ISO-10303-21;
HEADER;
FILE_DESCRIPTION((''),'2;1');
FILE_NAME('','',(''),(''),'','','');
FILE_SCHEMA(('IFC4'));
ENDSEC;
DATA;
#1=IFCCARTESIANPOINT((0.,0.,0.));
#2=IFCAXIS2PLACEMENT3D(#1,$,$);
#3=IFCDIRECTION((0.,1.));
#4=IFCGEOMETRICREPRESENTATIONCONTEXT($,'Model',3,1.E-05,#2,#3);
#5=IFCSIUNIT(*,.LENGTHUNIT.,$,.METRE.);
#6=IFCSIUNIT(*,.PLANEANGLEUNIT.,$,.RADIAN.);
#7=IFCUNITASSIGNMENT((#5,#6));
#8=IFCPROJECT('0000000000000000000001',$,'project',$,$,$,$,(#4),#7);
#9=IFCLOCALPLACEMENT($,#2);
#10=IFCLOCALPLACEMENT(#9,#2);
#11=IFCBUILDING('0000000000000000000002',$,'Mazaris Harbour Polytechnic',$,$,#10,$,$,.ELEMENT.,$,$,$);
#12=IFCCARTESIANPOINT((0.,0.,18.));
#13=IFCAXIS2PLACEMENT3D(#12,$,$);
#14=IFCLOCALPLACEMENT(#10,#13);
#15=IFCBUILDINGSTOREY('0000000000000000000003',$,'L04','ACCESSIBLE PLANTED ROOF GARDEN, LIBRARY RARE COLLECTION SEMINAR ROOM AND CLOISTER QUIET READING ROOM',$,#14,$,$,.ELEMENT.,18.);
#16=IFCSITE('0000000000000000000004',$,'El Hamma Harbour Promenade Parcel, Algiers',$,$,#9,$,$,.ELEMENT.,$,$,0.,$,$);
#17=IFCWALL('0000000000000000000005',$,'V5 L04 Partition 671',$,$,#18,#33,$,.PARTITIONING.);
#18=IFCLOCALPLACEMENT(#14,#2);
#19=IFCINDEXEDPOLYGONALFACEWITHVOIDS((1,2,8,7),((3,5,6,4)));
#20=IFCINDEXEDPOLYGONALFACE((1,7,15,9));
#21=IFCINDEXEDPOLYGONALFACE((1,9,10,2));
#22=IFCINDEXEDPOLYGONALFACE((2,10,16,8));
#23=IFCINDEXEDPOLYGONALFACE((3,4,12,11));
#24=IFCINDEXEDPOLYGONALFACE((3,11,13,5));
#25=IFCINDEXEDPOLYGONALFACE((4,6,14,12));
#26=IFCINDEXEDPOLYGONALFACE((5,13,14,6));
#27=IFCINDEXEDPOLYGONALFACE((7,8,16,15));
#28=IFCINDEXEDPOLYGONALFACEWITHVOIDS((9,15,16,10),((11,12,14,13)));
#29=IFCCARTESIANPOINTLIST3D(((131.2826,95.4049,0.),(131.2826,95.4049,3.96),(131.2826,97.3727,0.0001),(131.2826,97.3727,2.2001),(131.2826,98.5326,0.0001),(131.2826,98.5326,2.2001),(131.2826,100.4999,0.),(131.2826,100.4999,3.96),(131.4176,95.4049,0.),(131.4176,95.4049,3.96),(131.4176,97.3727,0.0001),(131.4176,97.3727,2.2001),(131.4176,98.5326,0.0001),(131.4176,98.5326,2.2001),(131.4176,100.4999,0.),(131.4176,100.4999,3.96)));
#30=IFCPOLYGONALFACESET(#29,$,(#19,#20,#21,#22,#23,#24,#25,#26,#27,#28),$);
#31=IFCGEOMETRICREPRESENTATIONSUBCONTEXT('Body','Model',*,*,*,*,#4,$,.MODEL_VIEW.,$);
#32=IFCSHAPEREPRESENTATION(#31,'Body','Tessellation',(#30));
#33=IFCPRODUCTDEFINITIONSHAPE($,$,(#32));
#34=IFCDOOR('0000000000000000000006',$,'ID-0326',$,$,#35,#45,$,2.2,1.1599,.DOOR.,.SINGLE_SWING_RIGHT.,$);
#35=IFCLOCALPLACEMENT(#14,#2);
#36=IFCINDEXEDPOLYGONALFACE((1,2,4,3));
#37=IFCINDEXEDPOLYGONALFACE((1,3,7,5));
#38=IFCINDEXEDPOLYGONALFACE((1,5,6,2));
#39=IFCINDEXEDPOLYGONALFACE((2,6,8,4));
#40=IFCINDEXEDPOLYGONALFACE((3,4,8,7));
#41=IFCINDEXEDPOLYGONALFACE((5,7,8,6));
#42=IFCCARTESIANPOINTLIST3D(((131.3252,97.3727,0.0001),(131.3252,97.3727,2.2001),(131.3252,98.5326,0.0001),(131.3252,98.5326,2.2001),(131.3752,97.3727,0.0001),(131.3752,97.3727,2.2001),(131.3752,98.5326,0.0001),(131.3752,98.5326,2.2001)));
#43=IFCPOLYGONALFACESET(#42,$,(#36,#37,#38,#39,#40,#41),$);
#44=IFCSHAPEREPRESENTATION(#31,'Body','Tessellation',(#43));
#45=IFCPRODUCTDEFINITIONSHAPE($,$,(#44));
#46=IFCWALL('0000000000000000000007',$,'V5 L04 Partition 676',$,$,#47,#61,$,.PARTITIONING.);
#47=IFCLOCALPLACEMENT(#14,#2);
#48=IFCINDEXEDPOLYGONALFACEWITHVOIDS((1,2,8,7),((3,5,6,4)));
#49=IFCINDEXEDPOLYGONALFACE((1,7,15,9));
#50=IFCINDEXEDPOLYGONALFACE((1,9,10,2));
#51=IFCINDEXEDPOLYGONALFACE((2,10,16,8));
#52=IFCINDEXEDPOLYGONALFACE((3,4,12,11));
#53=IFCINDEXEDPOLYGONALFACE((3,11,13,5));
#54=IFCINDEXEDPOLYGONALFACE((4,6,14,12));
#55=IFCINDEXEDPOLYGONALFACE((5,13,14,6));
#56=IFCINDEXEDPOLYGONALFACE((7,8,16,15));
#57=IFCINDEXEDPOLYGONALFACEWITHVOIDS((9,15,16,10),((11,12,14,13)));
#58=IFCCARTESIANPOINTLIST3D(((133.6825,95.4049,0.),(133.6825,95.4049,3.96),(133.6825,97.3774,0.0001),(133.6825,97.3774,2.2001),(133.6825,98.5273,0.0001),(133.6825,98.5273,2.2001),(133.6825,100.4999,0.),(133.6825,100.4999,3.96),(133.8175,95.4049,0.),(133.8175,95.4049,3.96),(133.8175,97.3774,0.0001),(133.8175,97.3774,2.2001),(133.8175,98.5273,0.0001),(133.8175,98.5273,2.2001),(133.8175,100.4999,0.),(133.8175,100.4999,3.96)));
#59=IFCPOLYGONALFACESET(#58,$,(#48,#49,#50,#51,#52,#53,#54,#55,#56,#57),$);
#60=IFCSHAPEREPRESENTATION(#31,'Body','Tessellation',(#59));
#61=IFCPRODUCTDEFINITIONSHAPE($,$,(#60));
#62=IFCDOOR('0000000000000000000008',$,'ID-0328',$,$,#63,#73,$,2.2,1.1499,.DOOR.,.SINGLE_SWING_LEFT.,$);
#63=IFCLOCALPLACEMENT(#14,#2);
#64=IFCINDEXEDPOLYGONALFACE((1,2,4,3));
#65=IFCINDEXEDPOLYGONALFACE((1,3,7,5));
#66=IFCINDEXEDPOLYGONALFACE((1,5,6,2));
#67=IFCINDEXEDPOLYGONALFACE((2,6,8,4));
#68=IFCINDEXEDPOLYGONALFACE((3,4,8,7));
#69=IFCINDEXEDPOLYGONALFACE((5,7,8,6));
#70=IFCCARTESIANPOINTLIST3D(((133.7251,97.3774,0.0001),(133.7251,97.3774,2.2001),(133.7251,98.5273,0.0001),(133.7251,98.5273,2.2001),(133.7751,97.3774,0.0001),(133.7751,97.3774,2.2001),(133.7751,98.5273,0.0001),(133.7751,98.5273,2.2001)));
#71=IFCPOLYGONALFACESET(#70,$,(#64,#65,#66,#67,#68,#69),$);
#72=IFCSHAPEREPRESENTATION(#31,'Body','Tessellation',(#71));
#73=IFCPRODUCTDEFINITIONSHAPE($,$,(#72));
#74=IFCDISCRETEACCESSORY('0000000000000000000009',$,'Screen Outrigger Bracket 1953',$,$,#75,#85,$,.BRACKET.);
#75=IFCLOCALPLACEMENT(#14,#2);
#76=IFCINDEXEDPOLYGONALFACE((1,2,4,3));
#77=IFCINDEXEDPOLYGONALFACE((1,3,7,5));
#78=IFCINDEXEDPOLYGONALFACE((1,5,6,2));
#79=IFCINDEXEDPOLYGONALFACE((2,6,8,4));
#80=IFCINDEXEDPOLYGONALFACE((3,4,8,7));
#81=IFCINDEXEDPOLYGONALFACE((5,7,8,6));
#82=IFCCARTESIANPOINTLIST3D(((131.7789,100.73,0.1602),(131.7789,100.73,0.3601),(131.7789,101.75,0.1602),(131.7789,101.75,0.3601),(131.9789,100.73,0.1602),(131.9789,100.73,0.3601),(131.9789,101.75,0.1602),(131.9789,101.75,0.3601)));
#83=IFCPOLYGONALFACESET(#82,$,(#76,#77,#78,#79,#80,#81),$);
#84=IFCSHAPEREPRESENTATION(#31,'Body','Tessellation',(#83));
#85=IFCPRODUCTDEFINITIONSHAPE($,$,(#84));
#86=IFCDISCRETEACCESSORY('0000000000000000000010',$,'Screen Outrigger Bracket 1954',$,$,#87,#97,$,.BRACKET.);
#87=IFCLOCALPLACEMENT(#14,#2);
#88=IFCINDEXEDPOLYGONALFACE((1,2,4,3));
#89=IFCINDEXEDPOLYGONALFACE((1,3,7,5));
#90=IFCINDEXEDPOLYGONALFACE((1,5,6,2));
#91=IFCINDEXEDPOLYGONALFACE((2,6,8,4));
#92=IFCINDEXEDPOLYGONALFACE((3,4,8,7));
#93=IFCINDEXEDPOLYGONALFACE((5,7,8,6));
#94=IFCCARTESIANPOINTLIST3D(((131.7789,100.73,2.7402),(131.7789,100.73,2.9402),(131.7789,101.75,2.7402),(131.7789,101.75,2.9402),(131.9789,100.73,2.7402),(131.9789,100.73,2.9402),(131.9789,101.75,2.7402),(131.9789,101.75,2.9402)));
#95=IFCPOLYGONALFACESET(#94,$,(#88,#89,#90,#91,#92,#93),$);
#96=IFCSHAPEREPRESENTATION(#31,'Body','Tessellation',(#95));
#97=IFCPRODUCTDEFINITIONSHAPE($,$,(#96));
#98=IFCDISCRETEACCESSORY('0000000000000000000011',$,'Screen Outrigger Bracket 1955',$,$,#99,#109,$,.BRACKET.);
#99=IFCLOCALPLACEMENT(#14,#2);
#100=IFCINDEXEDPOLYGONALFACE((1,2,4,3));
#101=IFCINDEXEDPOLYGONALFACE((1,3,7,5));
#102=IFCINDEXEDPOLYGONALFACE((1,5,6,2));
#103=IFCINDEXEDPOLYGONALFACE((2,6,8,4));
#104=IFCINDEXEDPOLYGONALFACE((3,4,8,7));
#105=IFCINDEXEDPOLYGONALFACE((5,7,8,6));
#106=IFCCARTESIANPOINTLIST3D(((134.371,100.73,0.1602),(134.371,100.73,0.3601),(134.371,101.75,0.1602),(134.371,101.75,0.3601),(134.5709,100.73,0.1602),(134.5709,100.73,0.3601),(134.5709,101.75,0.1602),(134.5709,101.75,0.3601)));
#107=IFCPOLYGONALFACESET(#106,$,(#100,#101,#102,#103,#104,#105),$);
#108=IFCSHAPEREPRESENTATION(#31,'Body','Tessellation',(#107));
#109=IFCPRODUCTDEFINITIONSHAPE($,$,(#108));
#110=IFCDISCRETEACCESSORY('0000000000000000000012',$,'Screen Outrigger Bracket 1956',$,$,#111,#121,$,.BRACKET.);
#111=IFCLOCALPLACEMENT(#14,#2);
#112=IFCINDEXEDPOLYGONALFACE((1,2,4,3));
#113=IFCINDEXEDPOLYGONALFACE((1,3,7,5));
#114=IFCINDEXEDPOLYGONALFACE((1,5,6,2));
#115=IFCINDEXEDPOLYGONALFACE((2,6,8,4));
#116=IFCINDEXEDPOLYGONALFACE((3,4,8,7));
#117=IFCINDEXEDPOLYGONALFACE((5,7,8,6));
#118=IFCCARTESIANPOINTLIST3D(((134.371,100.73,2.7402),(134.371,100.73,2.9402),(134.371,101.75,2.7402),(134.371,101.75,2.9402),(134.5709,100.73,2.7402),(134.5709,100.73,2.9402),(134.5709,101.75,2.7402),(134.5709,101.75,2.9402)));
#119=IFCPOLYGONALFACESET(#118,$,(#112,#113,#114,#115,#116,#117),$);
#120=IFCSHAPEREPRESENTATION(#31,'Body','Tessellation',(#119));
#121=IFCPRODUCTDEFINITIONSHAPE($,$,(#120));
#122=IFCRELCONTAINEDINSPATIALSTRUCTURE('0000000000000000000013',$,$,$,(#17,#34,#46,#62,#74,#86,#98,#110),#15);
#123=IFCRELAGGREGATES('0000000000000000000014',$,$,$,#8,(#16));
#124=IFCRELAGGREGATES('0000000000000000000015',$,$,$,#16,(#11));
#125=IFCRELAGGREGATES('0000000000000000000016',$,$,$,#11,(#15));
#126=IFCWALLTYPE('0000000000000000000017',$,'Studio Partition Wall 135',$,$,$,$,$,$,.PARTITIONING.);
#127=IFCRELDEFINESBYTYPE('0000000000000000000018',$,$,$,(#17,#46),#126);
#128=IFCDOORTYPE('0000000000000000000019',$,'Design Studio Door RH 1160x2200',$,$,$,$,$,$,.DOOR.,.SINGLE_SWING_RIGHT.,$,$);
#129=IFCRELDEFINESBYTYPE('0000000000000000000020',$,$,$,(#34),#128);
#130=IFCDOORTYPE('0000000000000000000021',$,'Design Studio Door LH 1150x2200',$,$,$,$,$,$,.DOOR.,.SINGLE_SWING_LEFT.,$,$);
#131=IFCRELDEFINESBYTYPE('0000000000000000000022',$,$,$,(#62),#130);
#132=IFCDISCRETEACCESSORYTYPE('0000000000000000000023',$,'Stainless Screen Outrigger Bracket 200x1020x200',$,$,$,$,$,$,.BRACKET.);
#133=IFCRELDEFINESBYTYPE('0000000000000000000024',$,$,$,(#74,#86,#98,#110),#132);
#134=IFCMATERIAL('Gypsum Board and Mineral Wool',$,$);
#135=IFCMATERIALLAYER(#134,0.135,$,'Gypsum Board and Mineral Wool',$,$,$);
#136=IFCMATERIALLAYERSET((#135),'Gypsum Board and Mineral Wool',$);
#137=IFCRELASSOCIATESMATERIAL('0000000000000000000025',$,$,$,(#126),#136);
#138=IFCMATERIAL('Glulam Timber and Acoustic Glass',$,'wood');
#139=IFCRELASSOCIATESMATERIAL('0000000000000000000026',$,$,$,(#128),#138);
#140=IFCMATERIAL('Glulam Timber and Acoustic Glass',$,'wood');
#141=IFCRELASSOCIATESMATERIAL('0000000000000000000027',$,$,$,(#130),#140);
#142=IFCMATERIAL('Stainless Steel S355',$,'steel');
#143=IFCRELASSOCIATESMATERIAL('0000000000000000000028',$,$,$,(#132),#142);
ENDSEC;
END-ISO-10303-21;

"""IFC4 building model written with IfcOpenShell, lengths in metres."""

from ifc_helpers import new_model, si_unit, direction, frame, frame_2d, origin, origin_2d, place, context, subcontext, project, spatial, rectangle, extrude, material, layer, layer_set, type_object, element, fill, save


model = new_model("IFC4")

# Units and contexts
model_context = context("Model", 3, precision=1e-05, world=origin(), true_north=direction((0.0, 1.0)))
body_context = subcontext(model_context, "Body", "Model", "MODEL_VIEW")
ifc_project = project(units=[si_unit("LENGTHUNIT", "METRE"), si_unit("PLANEANGLEUNIT", "RADIAN")], contexts=[model_context])

# Site, building, storey
site_placement = place(None, origin())
site = spatial("IfcSite", under=ifc_project, at=site_placement, Name="El Hamma Harbour Promenade Parcel, Algiers", CompositionType="ELEMENT", RefElevation=0.0)
building_placement = place(site_placement, origin())
building = spatial("IfcBuilding", under=site, at=building_placement, Name="Mazaris Harbour Polytechnic", CompositionType="ELEMENT")
storey_placement = place(building_placement, frame((0.0, 0.0, 18.0)))
storey = spatial("IfcBuildingStorey", under=building, at=storey_placement, Name="L04", Description="ACCESSIBLE PLANTED ROOF GARDEN, LIBRARY RARE COLLECTION SEMINAR ROOM AND CLOISTER QUIET READING ROOM", CompositionType="ELEMENT", Elevation=18.0)

# Walls, openings, doors
ifc_material_1 = material(Name="Gypsum Board and Mineral Wool")
ifc_layer_1 = layer(ifc_material_1, 0.135, Name="Gypsum Board and Mineral Wool")
ifc_layer_set_1 = layer_set([ifc_layer_1], Name="Gypsum Board and Mineral Wool")
wall_type_1 = type_object("IfcWallType", Name="Studio Partition Wall 135", PredefinedType="PARTITIONING", material=ifc_layer_set_1)
wall_1_placement = place(storey_placement, frame((131.3501, 95.405, 0.0), z_axis=(0.0, 0.0, 1.0), x_axis=(0.0, 1.0, 0.0)))
wall_1 = element("IfcWall", 1, at=wall_1_placement, inside=storey, type_object=wall_type_1, Name="V5 L04 Partition 671", PredefinedType="PARTITIONING", context=body_context, shape_type="SweptSolid", body=[
    extrude(rectangle(XDim=5.095, YDim=0.135, at=frame_2d((2.5474, 0.0))), origin(), (0.0, 0.0, 1.0), 3.96),
])
opening_1_placement = place(wall_1_placement, frame((1.9675, 0.0, 0.0)))
opening_1 = element("IfcOpeningElement", 2, at=opening_1_placement, cuts=wall_1, PredefinedType="OPENING", context=body_context, shape_type="SweptSolid", body=[
    extrude(rectangle(XDim=1.1599, YDim=2.2, at=frame_2d((0.5801, 1.1001))), frame((0.0, 0.0774, 0.0), z_axis=(0.0, -1.0, 0.0), x_axis=(1.0, 0.0, 0.0)), (0.0, 0.0, 1.0), 0.155),
])
ifc_material_2 = material(Name="Glulam Timber and Acoustic Glass", Category="wood")
door_type_1 = type_object("IfcDoorType", Name="Design Studio Door RH 1160x2200", OperationType="SINGLE_SWING_RIGHT", PredefinedType="DOOR", material=ifc_material_2)
door_1_placement = place(opening_1_placement, origin())
door_1 = element("IfcDoor", 3, at=door_1_placement, inside=storey, type_object=door_type_1, Name="ID-0326", OperationType="SINGLE_SWING_RIGHT", OverallHeight=2.2, OverallWidth=1.1599, PredefinedType="DOOR", context=body_context, shape_type="SweptSolid", body=[
    extrude(rectangle(XDim=1.1599, YDim=2.2, at=frame_2d((0.5801, 1.1001))), frame((0.0, 0.0249, 0.0), z_axis=(0.0, -1.0, 0.0), x_axis=(1.0, 0.0, 0.0)), (0.0, 0.0, 1.0), 0.05),
])
fill(opening_1, door_1)
wall_2_placement = place(storey_placement, frame((133.75, 95.405, 0.0), z_axis=(0.0, 0.0, 1.0), x_axis=(0.0, 1.0, 0.0)))
wall_2 = element("IfcWall", 4, at=wall_2_placement, inside=storey, type_object=wall_type_1, Name="V5 L04 Partition 676", PredefinedType="PARTITIONING", context=body_context, shape_type="SweptSolid", body=[
    extrude(rectangle(XDim=5.095, YDim=0.135, at=frame_2d((2.5474, 0.0))), origin(), (0.0, 0.0, 1.0), 3.96),
])
opening_2_placement = place(wall_2_placement, frame((1.9724, 0.0, 0.0)))
opening_2 = element("IfcOpeningElement", 5, at=opening_2_placement, cuts=wall_2, PredefinedType="OPENING", context=body_context, shape_type="SweptSolid", body=[
    extrude(rectangle(XDim=1.1499, YDim=2.2, at=frame_2d((0.575, 1.1001))), frame((0.0, 0.0774, 0.0), z_axis=(0.0, -1.0, 0.0), x_axis=(1.0, 0.0, 0.0)), (0.0, 0.0, 1.0), 0.155),
])
ifc_material_3 = material(Name="Glulam Timber and Acoustic Glass", Category="wood")
door_type_2 = type_object("IfcDoorType", Name="Design Studio Door LH 1150x2200", OperationType="SINGLE_SWING_LEFT", PredefinedType="DOOR", material=ifc_material_3)
door_2_placement = place(opening_2_placement, origin())
door_2 = element("IfcDoor", 6, at=door_2_placement, inside=storey, type_object=door_type_2, Name="ID-0328", OperationType="SINGLE_SWING_LEFT", OverallHeight=2.2, OverallWidth=1.1499, PredefinedType="DOOR", context=body_context, shape_type="SweptSolid", body=[
    extrude(rectangle(XDim=1.1499, YDim=2.2, at=frame_2d((0.575, 1.1001))), frame((0.0, 0.0249, 0.0), z_axis=(0.0, -1.0, 0.0), x_axis=(1.0, 0.0, 0.0)), (0.0, 0.0, 1.0), 0.05),
])
fill(opening_2, door_2)

# Discrete accessories
ifc_material_4 = material(Name="Stainless Steel S355", Category="steel")
discrete_accessory_type = type_object("IfcDiscreteAccessoryType", Name="Stainless Screen Outrigger Bracket 200x1020x200", PredefinedType="BRACKET", material=ifc_material_4)
for number, where, z_axis, x_axis, name in (
    (7, (131.8789, 101.24, 0.1602), (0.0, 0.0, 1.0), (1.0, 0.0, 0.0), "Screen Outrigger Bracket 1953"),
    (8, (131.8789, 101.24, 2.7402), (0.0, 0.0, 1.0), (1.0, 0.0, 0.0), "Screen Outrigger Bracket 1954"),
    (9, (134.4709, 101.24, 0.1602), (0.0, 0.0, 1.0), (1.0, 0.0, 0.0), "Screen Outrigger Bracket 1955"),
    (10, (134.4709, 101.24, 2.7402), (0.0, 0.0, 1.0), (1.0, 0.0, 0.0), "Screen Outrigger Bracket 1956"),
):
    element("IfcDiscreteAccessory", number, at=place(storey_placement, frame(where, z_axis=z_axis, x_axis=x_axis)), inside=storey, type_object=discrete_accessory_type, Name=name, PredefinedType="BRACKET", context=body_context, shape_type="SweptSolid", body=[
        extrude(rectangle(XDim=0.2, YDim=1.02, at=origin_2d()), origin(), (0.0, 0.0, 1.0), 0.2),
    ])

save(model, "model.ifc")
